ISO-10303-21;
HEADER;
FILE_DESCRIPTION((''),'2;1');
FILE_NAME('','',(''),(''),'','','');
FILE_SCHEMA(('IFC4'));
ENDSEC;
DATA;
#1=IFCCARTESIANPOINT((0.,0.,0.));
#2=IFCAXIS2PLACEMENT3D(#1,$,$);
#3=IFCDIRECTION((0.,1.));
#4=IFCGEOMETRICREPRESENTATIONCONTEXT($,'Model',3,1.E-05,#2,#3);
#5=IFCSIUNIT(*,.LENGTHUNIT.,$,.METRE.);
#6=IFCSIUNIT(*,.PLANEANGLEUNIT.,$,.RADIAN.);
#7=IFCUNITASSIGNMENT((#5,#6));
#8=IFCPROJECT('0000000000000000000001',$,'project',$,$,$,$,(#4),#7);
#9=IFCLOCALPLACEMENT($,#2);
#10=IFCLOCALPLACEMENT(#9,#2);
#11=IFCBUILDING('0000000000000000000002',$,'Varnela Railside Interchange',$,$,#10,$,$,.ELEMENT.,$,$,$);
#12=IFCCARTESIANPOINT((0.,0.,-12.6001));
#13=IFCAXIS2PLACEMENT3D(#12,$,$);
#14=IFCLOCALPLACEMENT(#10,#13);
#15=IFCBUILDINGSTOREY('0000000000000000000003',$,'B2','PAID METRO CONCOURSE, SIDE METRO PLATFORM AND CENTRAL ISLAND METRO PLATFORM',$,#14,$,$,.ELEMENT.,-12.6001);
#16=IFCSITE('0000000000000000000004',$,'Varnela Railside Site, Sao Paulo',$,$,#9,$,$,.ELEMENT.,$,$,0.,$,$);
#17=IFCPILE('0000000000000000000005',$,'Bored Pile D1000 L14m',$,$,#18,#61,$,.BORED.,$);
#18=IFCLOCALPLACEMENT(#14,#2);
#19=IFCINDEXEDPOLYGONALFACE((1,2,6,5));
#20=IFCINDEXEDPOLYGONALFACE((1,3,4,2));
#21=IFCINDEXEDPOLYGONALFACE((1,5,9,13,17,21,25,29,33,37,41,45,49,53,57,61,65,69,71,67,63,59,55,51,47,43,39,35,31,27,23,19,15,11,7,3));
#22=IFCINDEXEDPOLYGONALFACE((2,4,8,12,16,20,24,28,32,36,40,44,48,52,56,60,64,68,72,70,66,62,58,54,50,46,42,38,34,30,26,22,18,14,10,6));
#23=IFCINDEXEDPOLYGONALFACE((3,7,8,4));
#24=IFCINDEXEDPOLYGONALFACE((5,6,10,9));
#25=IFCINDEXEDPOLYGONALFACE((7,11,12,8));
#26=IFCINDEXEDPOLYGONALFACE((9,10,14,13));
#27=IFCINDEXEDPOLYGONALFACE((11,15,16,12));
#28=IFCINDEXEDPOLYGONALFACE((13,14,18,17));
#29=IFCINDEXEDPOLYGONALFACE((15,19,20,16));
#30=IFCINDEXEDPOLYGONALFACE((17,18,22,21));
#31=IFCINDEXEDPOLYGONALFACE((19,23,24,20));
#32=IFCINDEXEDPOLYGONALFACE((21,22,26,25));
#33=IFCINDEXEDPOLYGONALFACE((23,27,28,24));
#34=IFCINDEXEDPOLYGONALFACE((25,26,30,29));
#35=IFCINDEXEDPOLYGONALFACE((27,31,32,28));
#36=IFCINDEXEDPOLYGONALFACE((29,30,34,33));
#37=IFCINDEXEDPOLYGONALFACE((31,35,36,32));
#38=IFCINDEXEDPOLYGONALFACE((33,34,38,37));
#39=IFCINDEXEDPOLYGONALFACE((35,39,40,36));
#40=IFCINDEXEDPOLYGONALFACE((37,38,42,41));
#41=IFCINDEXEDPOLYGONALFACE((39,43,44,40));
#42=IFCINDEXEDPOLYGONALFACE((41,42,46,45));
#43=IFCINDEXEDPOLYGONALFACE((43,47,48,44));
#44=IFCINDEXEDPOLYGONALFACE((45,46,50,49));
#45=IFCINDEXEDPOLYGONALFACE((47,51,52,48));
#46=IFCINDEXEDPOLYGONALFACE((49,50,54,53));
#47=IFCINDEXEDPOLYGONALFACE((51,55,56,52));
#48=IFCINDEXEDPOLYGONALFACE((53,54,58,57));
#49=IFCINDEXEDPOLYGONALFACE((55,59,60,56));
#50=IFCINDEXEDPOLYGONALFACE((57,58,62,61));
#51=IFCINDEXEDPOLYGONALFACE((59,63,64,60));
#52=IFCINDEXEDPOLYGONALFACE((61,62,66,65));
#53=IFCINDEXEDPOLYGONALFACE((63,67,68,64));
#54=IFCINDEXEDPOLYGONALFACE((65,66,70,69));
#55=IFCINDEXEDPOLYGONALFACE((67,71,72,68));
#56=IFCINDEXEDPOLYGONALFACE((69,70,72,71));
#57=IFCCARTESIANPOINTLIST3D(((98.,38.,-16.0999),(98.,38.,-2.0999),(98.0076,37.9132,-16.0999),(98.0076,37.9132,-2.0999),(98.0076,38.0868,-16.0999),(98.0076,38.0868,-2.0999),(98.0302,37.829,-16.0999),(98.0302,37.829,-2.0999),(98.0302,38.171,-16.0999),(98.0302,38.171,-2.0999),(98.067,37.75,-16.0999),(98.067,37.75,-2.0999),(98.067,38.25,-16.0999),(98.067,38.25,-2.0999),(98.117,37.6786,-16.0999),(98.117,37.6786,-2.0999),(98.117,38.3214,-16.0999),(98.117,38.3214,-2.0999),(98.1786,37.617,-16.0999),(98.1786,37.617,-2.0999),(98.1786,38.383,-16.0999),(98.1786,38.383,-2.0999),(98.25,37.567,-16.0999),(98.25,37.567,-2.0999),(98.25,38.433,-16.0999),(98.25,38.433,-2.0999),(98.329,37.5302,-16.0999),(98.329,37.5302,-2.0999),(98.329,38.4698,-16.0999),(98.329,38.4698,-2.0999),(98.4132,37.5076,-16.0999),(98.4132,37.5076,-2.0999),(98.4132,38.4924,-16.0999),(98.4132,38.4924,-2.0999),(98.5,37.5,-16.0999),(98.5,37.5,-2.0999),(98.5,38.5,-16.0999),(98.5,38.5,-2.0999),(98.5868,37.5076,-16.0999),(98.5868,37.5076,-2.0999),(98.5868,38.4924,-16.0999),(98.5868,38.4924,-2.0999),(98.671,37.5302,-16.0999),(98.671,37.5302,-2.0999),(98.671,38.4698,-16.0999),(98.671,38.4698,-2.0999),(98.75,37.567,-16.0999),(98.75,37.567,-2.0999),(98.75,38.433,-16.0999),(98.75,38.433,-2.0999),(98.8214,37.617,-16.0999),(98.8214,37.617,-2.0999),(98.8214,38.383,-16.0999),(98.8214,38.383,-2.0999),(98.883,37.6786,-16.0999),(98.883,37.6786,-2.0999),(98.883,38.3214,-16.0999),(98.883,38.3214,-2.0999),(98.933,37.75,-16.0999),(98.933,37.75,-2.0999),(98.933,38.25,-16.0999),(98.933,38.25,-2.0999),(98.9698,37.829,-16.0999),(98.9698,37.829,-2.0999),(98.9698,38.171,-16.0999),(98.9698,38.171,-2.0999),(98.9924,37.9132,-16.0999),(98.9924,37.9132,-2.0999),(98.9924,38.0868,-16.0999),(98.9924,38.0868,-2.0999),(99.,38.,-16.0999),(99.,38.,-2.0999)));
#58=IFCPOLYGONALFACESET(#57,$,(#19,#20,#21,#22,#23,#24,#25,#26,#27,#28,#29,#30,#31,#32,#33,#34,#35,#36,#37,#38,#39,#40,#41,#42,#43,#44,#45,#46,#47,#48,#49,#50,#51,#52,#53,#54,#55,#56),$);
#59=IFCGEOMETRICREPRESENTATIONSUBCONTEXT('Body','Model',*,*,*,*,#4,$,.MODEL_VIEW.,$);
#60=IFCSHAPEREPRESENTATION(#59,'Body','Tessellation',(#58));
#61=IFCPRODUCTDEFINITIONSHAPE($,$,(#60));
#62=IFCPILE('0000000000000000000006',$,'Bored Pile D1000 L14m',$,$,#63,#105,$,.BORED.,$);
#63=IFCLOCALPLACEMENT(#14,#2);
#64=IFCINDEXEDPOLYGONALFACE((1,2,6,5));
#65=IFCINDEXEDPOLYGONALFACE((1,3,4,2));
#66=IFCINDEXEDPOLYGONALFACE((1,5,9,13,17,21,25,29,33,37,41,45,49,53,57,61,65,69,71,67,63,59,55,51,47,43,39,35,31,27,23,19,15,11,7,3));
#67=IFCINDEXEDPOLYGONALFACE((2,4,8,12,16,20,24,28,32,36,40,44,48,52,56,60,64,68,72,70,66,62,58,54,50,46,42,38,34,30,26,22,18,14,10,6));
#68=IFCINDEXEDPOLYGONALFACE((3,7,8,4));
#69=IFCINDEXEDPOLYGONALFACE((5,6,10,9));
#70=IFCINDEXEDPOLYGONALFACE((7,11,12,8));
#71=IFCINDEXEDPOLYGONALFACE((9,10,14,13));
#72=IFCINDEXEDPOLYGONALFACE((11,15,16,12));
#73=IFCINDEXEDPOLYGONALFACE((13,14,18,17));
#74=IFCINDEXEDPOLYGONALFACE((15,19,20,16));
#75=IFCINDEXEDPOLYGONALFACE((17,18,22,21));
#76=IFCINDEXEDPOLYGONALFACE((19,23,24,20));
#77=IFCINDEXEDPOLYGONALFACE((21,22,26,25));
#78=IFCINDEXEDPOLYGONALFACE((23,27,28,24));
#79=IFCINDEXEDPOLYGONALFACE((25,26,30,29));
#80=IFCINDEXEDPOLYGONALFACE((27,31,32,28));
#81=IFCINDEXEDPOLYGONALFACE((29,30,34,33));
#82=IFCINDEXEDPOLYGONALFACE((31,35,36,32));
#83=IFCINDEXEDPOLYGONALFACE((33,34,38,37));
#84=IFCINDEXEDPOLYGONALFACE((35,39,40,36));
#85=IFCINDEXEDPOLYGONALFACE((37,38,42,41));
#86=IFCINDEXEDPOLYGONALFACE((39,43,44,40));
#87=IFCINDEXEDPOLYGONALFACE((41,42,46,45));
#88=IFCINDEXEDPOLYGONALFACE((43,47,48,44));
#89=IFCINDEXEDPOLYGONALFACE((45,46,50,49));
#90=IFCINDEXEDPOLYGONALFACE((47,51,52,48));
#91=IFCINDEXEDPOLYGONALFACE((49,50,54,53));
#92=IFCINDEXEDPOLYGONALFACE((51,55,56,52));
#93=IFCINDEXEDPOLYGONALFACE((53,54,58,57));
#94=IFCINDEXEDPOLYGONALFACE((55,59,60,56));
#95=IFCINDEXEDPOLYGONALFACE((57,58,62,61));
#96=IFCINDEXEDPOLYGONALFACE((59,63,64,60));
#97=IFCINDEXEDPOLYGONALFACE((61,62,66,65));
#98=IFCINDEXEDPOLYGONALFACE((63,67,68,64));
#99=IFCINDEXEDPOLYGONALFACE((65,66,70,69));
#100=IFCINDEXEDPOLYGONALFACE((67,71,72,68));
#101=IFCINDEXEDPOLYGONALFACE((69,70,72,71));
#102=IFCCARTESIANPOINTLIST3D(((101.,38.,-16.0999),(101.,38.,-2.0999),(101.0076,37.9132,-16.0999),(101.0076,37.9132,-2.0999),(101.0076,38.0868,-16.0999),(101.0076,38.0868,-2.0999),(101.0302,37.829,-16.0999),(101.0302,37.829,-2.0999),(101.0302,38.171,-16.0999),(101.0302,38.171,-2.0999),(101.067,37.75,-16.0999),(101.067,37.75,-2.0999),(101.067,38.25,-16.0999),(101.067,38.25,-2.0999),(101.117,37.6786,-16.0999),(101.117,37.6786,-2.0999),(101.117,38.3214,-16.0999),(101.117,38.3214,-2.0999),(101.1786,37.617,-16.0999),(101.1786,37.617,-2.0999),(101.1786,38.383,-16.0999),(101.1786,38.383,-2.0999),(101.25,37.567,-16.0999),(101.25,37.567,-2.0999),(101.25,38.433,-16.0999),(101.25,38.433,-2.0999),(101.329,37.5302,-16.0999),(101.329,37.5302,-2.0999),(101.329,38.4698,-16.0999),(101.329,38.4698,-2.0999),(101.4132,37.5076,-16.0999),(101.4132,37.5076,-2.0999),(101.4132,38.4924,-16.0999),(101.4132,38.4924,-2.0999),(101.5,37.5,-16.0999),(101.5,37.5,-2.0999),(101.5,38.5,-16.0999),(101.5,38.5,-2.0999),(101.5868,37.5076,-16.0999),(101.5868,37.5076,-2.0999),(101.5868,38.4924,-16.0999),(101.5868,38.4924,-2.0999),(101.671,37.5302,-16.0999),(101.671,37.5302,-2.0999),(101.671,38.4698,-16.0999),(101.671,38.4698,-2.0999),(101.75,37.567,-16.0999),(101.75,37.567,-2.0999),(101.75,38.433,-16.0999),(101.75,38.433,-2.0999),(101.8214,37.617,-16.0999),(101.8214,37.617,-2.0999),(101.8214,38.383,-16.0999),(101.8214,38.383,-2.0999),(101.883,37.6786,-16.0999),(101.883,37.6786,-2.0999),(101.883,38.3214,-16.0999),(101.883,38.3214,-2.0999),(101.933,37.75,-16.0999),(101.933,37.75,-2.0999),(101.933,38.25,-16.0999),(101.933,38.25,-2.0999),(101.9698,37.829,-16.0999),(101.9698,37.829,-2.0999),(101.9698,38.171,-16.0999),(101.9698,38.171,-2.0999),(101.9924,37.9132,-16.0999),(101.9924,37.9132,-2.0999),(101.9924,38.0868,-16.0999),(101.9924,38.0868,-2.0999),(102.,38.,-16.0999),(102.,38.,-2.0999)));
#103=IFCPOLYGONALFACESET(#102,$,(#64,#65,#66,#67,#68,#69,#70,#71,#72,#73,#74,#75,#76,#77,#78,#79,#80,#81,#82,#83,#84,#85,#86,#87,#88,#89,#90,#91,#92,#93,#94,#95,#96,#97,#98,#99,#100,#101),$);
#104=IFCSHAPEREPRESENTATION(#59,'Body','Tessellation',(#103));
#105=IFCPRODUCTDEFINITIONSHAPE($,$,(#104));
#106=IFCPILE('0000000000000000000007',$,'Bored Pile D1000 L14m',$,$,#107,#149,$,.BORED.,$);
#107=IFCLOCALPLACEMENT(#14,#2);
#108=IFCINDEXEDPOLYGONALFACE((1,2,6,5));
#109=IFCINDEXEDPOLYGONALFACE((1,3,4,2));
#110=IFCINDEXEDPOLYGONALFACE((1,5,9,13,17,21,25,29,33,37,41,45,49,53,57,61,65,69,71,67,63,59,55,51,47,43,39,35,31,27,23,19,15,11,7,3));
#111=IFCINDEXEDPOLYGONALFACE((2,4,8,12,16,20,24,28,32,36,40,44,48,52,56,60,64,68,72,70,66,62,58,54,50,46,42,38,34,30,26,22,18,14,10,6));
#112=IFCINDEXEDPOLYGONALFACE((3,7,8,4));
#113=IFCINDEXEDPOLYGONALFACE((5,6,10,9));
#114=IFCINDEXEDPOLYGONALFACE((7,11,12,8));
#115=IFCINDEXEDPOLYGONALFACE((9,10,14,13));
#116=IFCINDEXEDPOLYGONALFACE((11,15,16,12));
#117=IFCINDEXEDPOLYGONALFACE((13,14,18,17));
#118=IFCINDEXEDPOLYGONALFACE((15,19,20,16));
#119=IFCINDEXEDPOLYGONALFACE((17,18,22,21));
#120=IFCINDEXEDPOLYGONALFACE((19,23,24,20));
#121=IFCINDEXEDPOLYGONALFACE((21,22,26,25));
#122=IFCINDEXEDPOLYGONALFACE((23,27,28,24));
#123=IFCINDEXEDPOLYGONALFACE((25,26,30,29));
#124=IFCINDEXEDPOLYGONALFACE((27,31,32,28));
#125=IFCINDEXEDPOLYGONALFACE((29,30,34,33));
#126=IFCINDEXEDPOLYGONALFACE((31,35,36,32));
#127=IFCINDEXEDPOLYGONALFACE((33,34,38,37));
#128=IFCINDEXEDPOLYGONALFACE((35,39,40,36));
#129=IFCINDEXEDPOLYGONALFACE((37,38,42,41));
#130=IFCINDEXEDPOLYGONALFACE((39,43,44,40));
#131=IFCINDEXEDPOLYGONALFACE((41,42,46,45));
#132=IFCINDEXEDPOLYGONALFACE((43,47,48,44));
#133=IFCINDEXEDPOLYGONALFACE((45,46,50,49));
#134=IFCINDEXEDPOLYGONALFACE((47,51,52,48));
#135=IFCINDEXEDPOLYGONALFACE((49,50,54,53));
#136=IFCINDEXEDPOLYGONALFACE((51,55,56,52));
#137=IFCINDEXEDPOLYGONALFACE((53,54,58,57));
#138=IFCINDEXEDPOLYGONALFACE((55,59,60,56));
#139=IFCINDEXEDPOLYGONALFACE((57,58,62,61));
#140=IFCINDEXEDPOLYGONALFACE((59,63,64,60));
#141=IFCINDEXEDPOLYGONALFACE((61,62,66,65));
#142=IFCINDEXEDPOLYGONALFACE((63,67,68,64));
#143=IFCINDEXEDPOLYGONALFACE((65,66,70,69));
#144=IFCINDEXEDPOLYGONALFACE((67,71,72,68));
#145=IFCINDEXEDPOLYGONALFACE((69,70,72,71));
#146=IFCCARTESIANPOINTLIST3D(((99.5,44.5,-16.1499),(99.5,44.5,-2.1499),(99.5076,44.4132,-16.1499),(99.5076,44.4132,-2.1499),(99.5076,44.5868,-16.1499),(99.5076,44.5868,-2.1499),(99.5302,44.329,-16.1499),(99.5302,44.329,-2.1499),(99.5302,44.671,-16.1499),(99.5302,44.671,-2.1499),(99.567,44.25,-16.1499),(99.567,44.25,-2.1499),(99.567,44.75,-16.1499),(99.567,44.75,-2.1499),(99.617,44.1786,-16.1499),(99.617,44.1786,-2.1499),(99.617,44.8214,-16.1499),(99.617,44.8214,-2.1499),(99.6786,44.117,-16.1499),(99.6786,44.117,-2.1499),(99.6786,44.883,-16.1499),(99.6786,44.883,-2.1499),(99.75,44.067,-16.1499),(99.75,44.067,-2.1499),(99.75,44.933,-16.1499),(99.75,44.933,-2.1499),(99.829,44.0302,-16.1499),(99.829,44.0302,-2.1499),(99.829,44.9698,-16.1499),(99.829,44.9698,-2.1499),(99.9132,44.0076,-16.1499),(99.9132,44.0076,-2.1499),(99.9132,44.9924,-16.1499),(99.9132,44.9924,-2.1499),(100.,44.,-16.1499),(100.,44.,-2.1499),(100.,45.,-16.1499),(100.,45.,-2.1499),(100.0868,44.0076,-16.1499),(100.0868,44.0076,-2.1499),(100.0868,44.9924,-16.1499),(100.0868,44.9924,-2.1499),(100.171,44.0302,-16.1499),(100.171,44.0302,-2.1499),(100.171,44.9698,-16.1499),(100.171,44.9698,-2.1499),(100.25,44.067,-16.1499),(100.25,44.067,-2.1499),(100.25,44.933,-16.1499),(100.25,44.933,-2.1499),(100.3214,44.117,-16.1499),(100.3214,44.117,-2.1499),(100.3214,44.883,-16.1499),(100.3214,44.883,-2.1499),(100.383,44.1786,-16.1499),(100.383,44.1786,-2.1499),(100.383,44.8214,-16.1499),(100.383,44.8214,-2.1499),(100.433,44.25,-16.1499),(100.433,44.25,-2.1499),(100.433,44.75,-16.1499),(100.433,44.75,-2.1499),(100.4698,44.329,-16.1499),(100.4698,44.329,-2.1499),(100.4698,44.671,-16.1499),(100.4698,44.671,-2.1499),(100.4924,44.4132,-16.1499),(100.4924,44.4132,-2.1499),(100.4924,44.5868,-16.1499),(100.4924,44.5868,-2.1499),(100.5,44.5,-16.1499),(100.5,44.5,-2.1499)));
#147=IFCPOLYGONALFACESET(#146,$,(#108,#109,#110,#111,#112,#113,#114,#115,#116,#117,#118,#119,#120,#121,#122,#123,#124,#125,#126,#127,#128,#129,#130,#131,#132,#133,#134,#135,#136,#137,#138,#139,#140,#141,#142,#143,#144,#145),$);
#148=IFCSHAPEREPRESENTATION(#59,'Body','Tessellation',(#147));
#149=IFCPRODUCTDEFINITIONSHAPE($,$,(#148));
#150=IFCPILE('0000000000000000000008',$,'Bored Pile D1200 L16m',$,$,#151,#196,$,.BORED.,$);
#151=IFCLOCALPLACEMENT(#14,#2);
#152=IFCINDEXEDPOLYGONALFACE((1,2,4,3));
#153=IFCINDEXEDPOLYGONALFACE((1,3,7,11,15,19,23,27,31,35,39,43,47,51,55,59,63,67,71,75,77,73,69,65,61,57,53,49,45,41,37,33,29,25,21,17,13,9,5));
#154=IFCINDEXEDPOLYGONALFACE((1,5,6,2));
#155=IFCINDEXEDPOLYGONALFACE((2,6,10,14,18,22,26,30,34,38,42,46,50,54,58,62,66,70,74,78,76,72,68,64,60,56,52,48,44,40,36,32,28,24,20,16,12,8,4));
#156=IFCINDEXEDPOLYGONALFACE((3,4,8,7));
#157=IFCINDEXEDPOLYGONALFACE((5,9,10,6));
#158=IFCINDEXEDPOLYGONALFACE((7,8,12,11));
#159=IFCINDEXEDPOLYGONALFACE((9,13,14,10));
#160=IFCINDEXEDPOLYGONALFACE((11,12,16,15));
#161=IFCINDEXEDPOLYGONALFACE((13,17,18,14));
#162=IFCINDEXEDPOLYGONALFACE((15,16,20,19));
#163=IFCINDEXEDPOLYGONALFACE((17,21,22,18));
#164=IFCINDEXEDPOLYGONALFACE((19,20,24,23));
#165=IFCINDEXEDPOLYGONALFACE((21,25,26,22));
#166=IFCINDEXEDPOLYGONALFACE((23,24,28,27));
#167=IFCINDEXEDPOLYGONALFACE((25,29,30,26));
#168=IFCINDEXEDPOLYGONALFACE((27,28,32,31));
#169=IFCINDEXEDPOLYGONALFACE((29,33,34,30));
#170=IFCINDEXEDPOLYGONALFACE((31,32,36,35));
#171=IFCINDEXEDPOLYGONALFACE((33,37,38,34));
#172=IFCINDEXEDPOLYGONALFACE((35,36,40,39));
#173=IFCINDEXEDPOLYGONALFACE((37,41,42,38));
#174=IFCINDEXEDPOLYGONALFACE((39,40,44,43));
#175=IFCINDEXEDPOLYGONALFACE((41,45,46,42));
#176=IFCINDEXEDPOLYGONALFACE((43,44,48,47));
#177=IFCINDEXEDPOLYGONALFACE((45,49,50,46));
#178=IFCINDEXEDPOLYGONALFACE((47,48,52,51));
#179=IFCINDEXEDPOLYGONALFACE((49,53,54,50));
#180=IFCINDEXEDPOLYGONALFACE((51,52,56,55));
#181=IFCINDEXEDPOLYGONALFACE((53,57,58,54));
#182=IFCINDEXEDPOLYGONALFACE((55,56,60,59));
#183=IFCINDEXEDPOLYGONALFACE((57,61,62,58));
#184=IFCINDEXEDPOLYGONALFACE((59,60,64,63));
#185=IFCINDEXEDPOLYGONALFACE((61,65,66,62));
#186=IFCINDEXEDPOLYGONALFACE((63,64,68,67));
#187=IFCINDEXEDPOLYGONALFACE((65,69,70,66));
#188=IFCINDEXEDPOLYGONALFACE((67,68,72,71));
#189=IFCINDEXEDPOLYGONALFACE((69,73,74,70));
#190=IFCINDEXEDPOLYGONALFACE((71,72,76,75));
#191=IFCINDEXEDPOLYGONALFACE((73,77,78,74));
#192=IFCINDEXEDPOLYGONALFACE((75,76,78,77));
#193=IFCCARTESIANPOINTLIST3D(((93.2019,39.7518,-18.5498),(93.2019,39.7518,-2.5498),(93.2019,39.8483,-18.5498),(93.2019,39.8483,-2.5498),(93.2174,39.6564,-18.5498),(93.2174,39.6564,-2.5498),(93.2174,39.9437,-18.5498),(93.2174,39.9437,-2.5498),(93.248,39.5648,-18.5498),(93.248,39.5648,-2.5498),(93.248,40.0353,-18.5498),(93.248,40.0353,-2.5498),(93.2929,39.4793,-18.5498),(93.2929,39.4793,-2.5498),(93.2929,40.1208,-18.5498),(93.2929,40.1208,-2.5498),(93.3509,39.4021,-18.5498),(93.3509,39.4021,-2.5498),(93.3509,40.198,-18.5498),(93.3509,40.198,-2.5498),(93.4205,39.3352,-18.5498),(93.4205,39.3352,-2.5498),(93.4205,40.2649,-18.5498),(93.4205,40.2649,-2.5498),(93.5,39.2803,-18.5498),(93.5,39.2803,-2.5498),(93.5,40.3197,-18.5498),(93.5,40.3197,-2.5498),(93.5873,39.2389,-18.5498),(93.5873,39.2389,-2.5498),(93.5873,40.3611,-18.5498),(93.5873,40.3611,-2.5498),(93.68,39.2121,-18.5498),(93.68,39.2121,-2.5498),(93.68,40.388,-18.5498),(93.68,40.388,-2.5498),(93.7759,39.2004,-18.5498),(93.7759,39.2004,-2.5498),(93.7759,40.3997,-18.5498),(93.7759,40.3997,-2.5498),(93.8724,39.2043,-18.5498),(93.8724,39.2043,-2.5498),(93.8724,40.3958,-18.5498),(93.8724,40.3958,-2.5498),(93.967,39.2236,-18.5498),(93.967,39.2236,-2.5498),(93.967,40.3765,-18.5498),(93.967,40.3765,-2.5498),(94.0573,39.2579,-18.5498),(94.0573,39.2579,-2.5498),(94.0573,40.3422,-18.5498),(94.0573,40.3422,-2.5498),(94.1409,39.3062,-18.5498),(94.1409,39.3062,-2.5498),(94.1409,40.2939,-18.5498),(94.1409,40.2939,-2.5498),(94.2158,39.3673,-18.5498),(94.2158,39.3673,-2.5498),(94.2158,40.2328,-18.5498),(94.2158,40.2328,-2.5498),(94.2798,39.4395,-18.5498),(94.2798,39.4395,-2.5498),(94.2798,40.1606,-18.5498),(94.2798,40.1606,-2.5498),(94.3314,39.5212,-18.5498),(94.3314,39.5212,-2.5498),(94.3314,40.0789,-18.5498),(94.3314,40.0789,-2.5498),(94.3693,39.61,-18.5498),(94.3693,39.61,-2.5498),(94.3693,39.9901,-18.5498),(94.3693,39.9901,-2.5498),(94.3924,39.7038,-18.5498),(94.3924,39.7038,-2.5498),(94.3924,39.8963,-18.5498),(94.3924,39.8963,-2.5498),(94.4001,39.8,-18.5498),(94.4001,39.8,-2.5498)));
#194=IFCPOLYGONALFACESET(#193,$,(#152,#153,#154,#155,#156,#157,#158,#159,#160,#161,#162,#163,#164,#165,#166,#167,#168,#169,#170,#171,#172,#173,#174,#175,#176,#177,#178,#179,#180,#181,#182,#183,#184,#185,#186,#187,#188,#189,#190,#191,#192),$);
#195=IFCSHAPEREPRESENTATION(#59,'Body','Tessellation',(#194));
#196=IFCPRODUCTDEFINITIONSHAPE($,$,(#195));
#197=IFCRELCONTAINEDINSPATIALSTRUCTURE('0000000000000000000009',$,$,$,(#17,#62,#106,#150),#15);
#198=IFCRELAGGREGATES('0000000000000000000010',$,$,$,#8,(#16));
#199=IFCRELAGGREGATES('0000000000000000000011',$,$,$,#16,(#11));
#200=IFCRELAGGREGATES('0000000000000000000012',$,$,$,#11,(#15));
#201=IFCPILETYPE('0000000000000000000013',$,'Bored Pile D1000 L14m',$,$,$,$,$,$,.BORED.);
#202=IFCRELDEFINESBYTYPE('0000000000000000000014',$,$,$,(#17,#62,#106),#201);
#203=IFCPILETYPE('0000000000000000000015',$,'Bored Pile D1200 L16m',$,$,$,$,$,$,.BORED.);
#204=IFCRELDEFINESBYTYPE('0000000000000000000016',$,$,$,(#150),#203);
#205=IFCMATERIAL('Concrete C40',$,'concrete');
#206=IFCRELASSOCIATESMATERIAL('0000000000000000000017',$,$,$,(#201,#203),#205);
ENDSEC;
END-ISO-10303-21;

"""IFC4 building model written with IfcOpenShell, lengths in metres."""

from ifc_helpers import new_model, si_unit, direction, frame, origin, origin_2d, place, context, subcontext, project, spatial, circle, extrude, material, material_profile, profile_set, type_object, element, save


model = new_model("IFC4")

# Units and contexts
model_context = context("Model", 3, precision=1e-05, world=origin(), true_north=direction((0.0, 1.0)))
body_context = subcontext(model_context, "Body", "Model", "MODEL_VIEW")
ifc_project = project(units=[si_unit("LENGTHUNIT", "METRE"), si_unit("PLANEANGLEUNIT", "RADIAN")], contexts=[model_context])

# Site, building, storey
site_placement = place(None, origin())
site = spatial("IfcSite", under=ifc_project, at=site_placement, Name="Varnela Railside Site, Sao Paulo", CompositionType="ELEMENT", RefElevation=0.0)
building_placement = place(site_placement, origin())
building = spatial("IfcBuilding", under=site, at=building_placement, Name="Varnela Railside Interchange", CompositionType="ELEMENT")
storey_placement = place(building_placement, frame((0.0, 0.0, -12.6001)))
storey = spatial("IfcBuildingStorey", under=building, at=storey_placement, Name="B2", Description="PAID METRO CONCOURSE, SIDE METRO PLATFORM AND CENTRAL ISLAND METRO PLATFORM", CompositionType="ELEMENT", Elevation=-12.6001)

# Piles
ifc_material_1 = material(Name="Concrete C40", Category="concrete")
ifc_material_profile_1 = material_profile(ifc_material_1, circle(Radius=0.5, at=origin_2d()), Name="BORED PILE D1000")
ifc_profile_set_1 = profile_set([ifc_material_profile_1], Name="Concrete C40")
pile_type_1 = type_object("IfcPileType", Name="Bored Pile D1000 L14m", PredefinedType="BORED", material=ifc_profile_set_1)
for number, where, z_axis, x_axis, name in (
    (1, (98.5, 38.0, -2.0999), (0.0, 0.0, -1.0), (1.0, 0.0, 0.0), "Bored Pile D1000 L14m"),
    (2, (101.5, 38.0, -2.0999), (0.0, 0.0, -1.0), (1.0, 0.0, 0.0), "Bored Pile D1000 L14m"),
    (3, (100.0, 44.5, -2.1499), (0.0, 0.0, -1.0), (1.0, 0.0, 0.0), "Bored Pile D1000 L14m"),
):
    element("IfcPile", number, at=place(storey_placement, frame(where, z_axis=z_axis, x_axis=x_axis)), inside=storey, type_object=pile_type_1, Name=name, PredefinedType="BORED", context=body_context, shape_type="SweptSolid", body=[
        extrude(circle(Radius=0.5, at=origin_2d()), origin(), (0.0, 0.0, 1.0), 14.0),
    ])
ifc_material_profile_2 = material_profile(ifc_material_1, circle(Radius=0.6001, at=origin_2d()), Name="BORED PILE D1200")
ifc_profile_set_2 = profile_set([ifc_material_profile_2], Name="Concrete C40")
pile_type_2 = type_object("IfcPileType", Name="Bored Pile D1200 L16m", PredefinedType="BORED", material=ifc_profile_set_2)
for number, where, z_axis, x_axis, name in (
    (4, (93.8, 39.8, -2.5498), (0.0, 0.0, -1.0), (1.0, 0.0, 0.0), "Bored Pile D1200 L16m"),
):
    element("IfcPile", number, at=place(storey_placement, frame(where, z_axis=z_axis, x_axis=x_axis)), inside=storey, type_object=pile_type_2, Name=name, PredefinedType="BORED", context=body_context, shape_type="SweptSolid", body=[
        extrude(circle(Radius=0.6001, at=origin_2d()), origin(), (0.0, 0.0, 1.0), 16.0),
    ])

save(model, "model.ifc")
